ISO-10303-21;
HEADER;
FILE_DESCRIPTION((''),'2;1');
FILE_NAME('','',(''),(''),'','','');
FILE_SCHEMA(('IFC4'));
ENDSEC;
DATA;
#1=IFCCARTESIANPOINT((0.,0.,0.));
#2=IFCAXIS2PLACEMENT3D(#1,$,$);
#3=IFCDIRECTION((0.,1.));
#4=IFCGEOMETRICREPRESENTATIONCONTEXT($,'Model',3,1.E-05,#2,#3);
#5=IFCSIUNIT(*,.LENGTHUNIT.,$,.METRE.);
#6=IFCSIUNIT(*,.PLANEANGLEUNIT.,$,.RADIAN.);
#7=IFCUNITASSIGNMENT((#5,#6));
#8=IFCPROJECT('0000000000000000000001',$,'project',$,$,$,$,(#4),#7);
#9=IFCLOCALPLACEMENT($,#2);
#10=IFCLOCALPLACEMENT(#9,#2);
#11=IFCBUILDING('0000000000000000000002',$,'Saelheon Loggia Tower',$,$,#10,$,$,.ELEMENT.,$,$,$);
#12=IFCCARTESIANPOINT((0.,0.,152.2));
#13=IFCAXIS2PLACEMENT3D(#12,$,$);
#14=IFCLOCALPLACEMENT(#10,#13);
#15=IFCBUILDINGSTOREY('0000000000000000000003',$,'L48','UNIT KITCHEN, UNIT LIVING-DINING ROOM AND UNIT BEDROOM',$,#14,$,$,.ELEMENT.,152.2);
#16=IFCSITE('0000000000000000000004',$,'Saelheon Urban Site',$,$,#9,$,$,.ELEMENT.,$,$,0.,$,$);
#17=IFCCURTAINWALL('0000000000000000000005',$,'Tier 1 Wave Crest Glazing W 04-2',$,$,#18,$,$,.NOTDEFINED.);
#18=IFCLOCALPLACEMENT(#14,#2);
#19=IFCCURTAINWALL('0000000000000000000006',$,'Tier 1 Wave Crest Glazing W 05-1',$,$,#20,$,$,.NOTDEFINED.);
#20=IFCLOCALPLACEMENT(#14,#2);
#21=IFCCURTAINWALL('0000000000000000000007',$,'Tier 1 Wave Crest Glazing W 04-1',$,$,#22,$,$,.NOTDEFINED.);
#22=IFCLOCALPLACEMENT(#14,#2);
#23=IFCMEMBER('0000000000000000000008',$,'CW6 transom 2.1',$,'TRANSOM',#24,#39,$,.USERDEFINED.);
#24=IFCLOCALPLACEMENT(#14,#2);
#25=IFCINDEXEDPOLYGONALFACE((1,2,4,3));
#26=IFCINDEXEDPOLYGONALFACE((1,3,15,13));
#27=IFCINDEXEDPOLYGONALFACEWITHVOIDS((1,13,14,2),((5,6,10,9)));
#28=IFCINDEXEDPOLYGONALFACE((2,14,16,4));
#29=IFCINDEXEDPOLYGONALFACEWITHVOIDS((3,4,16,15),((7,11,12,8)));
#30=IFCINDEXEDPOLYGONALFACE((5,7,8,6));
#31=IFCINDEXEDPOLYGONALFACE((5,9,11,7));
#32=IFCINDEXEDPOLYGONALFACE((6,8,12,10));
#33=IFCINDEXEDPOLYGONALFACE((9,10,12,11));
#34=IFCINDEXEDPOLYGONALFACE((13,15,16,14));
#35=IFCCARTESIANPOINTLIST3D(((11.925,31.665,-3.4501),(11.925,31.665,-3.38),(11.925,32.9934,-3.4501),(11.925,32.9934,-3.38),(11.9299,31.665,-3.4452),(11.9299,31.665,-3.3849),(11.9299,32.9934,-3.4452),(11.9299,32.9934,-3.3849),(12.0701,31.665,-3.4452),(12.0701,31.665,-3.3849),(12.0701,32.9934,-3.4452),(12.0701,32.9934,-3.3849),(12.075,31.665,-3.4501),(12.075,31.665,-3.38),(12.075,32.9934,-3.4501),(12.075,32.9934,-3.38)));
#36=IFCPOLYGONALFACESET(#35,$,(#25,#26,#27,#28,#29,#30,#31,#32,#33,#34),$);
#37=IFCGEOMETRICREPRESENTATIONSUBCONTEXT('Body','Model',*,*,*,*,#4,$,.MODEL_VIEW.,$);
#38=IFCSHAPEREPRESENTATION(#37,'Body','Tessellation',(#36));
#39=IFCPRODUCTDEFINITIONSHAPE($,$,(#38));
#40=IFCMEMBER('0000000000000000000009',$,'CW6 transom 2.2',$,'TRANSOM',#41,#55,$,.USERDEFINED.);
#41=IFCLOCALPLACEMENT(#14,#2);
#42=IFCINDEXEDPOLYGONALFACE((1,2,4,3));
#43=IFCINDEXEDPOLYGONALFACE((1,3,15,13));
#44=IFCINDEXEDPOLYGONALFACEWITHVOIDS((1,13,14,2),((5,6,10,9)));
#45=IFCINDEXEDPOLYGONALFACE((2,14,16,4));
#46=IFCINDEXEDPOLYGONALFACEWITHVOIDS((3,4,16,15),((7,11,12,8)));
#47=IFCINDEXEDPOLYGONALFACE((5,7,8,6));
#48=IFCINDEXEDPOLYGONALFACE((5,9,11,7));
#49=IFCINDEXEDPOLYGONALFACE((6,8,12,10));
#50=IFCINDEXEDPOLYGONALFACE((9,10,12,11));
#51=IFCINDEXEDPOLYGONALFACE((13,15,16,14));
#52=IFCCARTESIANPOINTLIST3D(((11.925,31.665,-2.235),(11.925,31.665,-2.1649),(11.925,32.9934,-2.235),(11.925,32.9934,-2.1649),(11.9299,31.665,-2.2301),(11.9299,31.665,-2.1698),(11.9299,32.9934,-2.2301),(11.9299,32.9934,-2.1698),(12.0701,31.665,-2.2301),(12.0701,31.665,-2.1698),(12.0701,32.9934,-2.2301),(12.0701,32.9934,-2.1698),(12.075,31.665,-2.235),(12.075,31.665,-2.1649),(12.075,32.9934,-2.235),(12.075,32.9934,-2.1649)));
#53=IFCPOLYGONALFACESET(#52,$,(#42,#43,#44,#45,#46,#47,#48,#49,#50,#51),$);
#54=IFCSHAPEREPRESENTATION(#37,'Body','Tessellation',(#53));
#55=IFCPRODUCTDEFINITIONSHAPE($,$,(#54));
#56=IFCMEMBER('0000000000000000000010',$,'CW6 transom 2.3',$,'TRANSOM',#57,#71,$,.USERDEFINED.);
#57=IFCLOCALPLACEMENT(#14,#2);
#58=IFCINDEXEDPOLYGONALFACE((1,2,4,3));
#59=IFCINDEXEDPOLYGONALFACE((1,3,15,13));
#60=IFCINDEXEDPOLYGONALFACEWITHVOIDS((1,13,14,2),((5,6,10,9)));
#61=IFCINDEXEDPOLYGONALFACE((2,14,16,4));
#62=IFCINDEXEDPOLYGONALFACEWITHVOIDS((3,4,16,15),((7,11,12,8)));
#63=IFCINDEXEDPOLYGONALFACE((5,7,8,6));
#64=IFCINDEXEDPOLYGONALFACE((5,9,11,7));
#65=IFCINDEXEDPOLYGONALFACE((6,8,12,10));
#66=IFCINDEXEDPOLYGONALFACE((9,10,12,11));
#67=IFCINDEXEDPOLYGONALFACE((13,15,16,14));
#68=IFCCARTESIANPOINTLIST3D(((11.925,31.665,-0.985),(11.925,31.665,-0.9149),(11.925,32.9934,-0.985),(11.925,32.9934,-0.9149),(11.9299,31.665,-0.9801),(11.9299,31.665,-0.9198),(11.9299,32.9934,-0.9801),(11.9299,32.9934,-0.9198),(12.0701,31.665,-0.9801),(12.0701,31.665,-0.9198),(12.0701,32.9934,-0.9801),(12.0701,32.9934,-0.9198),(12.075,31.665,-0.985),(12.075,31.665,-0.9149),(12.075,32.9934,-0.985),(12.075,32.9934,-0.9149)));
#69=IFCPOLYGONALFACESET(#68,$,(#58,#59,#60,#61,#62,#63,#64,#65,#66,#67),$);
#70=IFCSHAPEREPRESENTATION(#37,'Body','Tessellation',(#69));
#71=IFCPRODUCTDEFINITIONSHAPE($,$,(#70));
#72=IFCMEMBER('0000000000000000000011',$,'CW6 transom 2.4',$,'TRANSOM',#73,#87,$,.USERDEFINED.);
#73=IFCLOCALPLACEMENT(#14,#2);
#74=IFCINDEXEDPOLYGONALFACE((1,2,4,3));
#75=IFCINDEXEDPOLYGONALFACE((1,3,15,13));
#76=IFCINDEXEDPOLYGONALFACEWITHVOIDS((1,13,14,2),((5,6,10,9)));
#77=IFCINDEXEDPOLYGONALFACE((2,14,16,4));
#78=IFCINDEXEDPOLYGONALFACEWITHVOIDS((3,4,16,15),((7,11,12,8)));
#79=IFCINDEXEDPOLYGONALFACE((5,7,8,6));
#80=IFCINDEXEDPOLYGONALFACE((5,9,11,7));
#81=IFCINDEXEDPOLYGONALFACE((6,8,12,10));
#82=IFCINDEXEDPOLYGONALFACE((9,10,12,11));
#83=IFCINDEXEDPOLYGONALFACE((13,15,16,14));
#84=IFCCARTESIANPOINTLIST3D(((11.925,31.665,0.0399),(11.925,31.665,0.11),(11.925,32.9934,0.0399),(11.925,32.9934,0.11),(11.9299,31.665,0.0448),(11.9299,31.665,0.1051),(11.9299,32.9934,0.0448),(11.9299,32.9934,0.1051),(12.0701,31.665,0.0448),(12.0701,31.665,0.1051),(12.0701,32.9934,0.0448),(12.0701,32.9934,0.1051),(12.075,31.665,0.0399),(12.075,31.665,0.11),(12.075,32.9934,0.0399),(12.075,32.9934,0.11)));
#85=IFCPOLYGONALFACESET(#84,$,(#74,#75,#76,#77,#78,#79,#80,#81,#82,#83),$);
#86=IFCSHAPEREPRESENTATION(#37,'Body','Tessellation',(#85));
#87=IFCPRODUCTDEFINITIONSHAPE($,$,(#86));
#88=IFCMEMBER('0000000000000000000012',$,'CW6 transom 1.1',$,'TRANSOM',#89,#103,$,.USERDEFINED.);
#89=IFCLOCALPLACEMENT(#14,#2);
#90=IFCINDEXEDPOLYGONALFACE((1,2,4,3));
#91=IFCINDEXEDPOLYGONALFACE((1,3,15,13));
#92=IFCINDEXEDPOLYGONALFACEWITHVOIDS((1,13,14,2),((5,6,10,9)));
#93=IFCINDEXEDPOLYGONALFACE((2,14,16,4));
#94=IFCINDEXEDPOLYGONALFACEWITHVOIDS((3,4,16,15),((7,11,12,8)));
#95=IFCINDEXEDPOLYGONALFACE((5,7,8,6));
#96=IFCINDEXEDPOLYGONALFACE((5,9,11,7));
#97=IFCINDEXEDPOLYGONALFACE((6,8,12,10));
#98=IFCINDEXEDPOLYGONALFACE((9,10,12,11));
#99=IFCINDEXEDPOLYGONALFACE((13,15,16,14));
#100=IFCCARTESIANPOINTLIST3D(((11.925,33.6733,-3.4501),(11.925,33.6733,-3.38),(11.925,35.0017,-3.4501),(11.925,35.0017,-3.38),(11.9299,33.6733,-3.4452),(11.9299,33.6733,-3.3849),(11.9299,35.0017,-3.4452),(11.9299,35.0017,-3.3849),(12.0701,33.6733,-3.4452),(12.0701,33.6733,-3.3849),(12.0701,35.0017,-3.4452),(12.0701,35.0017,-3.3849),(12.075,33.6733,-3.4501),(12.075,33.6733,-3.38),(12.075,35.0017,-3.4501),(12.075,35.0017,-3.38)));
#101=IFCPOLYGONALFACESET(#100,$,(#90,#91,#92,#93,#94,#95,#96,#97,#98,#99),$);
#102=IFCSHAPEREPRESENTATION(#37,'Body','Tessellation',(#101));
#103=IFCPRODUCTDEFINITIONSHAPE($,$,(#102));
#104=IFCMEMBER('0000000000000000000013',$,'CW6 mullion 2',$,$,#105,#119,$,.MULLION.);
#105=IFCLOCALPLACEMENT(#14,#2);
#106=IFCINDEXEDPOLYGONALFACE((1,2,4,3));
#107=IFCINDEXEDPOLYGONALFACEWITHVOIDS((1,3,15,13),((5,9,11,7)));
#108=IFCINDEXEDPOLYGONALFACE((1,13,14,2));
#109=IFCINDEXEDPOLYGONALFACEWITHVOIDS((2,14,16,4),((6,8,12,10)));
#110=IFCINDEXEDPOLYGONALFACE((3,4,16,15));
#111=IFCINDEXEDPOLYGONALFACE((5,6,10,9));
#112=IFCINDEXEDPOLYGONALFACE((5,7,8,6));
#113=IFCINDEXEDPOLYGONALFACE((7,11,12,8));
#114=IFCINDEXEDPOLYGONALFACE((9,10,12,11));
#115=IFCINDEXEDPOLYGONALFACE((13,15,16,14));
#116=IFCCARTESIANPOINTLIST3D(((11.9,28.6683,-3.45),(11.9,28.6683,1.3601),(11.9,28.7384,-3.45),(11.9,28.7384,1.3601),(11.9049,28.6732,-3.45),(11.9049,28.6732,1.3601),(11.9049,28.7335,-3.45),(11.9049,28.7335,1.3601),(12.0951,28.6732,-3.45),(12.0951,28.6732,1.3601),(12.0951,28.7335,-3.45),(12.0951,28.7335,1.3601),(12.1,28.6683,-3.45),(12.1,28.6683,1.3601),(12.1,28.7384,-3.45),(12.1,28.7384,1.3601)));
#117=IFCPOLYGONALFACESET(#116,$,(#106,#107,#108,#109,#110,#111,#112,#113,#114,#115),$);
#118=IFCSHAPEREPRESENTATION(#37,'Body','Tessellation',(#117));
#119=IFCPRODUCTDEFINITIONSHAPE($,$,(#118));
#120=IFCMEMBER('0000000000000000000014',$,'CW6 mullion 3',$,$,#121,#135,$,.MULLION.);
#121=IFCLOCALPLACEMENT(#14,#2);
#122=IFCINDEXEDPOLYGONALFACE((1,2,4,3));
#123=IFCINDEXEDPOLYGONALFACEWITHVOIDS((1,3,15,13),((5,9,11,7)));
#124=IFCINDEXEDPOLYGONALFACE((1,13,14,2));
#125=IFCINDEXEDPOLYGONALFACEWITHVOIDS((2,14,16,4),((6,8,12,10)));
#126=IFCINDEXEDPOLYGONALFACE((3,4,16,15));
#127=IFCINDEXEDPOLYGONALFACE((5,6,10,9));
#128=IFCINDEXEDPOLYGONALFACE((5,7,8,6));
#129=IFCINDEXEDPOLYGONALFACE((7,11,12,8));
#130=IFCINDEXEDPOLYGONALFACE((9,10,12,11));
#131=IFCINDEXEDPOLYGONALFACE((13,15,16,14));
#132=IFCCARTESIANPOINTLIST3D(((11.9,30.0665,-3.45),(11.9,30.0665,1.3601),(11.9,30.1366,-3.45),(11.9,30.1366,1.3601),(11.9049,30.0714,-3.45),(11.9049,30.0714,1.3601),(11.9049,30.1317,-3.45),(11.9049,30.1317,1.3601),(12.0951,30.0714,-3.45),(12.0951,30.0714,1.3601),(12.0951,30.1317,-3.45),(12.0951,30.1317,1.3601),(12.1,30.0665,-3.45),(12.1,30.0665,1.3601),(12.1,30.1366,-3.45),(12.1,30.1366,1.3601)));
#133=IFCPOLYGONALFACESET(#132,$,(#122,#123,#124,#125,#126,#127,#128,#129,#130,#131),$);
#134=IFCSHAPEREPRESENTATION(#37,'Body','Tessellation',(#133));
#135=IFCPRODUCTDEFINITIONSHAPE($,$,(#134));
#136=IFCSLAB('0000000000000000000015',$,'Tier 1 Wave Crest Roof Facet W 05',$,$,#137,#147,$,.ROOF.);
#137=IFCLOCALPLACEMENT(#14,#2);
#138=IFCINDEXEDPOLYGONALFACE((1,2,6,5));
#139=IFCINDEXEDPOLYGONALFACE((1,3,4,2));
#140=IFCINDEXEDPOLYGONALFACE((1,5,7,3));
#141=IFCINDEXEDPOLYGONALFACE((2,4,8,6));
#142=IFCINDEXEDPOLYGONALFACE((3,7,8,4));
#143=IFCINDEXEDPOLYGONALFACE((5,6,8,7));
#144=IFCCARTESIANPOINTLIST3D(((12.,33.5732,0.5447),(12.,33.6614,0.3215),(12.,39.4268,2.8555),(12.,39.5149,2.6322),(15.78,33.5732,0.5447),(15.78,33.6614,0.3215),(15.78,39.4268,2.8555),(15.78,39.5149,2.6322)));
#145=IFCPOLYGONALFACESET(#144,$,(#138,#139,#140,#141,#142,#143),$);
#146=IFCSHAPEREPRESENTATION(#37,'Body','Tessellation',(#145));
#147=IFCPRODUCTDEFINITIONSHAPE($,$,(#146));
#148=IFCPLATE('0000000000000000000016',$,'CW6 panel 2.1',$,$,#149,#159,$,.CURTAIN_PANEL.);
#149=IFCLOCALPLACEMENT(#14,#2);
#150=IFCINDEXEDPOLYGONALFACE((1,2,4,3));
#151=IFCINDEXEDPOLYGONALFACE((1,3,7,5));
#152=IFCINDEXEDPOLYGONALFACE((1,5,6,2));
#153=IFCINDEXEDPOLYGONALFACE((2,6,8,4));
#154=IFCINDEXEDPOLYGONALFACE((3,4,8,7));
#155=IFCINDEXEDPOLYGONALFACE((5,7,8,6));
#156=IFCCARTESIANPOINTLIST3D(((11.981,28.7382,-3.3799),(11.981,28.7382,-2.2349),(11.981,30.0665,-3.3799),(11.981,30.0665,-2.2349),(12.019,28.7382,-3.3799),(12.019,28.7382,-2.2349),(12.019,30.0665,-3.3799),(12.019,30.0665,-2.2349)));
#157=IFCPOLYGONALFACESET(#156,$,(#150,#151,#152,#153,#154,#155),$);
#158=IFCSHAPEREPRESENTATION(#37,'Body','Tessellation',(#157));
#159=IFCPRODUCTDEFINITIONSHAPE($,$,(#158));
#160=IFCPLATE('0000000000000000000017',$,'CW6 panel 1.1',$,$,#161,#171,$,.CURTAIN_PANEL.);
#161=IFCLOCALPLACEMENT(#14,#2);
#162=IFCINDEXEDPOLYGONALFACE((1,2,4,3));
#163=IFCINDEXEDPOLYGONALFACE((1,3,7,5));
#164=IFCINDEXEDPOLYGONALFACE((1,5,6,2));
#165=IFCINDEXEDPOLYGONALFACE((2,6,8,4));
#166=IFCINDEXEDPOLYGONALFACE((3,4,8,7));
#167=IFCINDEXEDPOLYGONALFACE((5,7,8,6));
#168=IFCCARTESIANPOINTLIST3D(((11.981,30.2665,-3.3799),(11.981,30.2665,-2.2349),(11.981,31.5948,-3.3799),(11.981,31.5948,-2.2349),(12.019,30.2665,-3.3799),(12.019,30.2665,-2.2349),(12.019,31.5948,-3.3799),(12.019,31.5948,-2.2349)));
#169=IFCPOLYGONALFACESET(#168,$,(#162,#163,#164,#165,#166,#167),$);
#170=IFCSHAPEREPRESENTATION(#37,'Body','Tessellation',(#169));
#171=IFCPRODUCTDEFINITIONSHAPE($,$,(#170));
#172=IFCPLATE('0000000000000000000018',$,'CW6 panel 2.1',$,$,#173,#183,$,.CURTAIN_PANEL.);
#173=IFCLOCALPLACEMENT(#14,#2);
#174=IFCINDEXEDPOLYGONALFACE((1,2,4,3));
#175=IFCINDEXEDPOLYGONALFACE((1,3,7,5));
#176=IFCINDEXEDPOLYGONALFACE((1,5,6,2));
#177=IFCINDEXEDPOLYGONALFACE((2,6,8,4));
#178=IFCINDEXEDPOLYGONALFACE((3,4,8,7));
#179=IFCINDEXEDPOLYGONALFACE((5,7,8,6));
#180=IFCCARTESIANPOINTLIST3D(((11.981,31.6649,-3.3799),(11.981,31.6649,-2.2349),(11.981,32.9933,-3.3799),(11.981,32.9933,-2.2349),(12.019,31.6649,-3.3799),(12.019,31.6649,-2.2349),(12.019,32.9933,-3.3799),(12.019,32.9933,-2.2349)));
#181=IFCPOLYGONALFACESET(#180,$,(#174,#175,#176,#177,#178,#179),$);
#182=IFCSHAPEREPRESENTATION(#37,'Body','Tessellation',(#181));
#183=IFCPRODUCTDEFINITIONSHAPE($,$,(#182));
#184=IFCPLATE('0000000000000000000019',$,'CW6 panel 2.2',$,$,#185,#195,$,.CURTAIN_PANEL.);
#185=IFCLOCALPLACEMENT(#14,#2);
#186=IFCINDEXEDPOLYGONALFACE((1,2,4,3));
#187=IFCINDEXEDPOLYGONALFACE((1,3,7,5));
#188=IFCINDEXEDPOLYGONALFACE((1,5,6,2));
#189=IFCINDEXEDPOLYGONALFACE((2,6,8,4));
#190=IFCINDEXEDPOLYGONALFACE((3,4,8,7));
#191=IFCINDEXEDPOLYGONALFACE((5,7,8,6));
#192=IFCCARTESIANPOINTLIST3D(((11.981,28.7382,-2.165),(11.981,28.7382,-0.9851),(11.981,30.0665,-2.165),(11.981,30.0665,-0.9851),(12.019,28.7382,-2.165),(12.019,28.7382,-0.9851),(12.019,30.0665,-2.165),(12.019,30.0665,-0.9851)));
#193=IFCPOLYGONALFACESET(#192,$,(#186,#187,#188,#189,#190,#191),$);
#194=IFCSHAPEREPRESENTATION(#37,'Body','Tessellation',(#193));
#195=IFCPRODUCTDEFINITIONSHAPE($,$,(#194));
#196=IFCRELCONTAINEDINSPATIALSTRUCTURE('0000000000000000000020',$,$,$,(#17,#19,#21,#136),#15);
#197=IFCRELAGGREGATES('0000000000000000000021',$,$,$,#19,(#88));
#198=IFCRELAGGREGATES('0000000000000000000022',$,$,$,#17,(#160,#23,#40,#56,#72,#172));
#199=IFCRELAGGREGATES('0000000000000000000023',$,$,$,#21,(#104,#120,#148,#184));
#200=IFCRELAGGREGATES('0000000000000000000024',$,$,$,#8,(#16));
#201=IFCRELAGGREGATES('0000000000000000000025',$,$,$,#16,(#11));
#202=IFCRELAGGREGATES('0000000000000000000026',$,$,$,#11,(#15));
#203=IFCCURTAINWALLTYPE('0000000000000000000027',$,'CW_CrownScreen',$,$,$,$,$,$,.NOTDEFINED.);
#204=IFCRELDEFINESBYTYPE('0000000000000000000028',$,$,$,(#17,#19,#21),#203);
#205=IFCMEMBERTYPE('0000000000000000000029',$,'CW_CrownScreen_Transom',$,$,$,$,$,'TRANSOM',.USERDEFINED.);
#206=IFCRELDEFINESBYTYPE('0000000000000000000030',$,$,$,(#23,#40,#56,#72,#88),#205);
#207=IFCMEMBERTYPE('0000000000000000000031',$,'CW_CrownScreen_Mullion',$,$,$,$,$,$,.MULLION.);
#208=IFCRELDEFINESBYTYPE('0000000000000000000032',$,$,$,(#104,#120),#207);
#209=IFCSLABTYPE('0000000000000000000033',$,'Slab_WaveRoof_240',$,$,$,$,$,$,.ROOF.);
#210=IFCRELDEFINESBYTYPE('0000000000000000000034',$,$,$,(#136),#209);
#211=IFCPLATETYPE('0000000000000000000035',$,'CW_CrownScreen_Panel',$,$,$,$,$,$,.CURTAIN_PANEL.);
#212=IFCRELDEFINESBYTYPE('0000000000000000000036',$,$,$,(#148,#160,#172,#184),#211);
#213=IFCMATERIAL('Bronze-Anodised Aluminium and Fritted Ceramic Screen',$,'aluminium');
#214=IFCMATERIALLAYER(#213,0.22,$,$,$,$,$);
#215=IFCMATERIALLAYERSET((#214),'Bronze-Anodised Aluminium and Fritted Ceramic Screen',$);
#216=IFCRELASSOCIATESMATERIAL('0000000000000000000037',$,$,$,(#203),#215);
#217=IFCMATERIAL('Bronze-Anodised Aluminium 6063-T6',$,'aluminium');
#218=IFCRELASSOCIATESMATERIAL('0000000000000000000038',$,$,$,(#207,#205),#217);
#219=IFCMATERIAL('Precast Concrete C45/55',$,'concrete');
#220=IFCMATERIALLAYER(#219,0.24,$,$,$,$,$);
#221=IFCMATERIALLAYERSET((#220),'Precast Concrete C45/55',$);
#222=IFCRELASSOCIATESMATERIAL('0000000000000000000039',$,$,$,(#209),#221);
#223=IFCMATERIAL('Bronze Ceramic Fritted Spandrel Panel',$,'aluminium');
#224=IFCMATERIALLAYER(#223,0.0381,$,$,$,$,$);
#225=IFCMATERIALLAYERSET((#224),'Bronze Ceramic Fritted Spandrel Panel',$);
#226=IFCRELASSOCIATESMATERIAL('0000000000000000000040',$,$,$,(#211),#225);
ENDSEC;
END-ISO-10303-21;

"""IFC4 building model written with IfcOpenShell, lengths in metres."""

from ifc_helpers import new_model, si_unit, direction, frame, origin, origin_2d, place, context, subcontext, project, spatial, polyline, rectangle, hollow_rectangle, outline, extrude, source, transform, mapped, material, layer, layer_set, material_profile, profile_set, type_object, element, aggregate, save


model = new_model("IFC4")

# Units and contexts
model_context = context("Model", 3, precision=1e-05, world=origin(), true_north=direction((0.0, 1.0)))
body_context = subcontext(model_context, "Body", "Model", "MODEL_VIEW")
ifc_project = project(units=[si_unit("LENGTHUNIT", "METRE"), si_unit("PLANEANGLEUNIT", "RADIAN")], contexts=[model_context])

# Site, building, storey
site_placement = place(None, origin())
site = spatial("IfcSite", under=ifc_project, at=site_placement, Name="Saelheon Urban Site", CompositionType="ELEMENT", RefElevation=0.0)
building_placement = place(site_placement, origin())
building = spatial("IfcBuilding", under=site, at=building_placement, Name="Saelheon Loggia Tower", CompositionType="ELEMENT")
storey_placement = place(building_placement, frame((0.0, 0.0, 152.2)))
storey = spatial("IfcBuildingStorey", under=building, at=storey_placement, Name="L48", Description="UNIT KITCHEN, UNIT LIVING-DINING ROOM AND UNIT BEDROOM", CompositionType="ELEMENT", Elevation=152.2)

# Curtain wall
ifc_material_1 = material(Name="Bronze-Anodised Aluminium and Fritted Ceramic Screen", Category="aluminium")
ifc_layer_1 = layer(ifc_material_1, 0.22)
ifc_layer_set_1 = layer_set([ifc_layer_1], Name="Bronze-Anodised Aluminium and Fritted Ceramic Screen")
curtain_wall_type = type_object("IfcCurtainWallType", Name="CW_CrownScreen", PredefinedType="NOTDEFINED", material=ifc_layer_set_1)
curtain_wall_1_placement = place(storey_placement, origin())
curtain_wall_1 = element("IfcCurtainWall", 1, at=curtain_wall_1_placement, inside=storey, type_object=curtain_wall_type, Name="Tier 1 Wave Crest Glazing W 04-2", PredefinedType="NOTDEFINED")
ifc_material_2 = material(Name="Bronze-Anodised Aluminium 6063-T6", Category="aluminium")
ifc_material_profile_1 = material_profile(ifc_material_2, hollow_rectangle(XDim=0.0701, YDim=0.2, WallThickness=0.0049, at=origin_2d()), Name="RHS-200x70x5")
ifc_profile_set_1 = profile_set([ifc_material_profile_1], Name="Bronze-Anodised Aluminium 6063-T6")
member_type_1 = type_object("IfcMemberType", Name="CW_CrownScreen_Mullion", PredefinedType="MULLION", material=ifc_profile_set_1)

# Curtain wall
curtain_wall_2_placement = place(storey_placement, origin())
curtain_wall_2 = element("IfcCurtainWall", 2, at=curtain_wall_2_placement, inside=storey, type_object=curtain_wall_type, Name="Tier 1 Wave Crest Glazing W 05-1", PredefinedType="NOTDEFINED")

# Curtain wall
curtain_wall_3_placement = place(storey_placement, origin())
curtain_wall_3 = element("IfcCurtainWall", 3, at=curtain_wall_3_placement, inside=storey, type_object=curtain_wall_type, Name="Tier 1 Wave Crest Glazing W 04-1", PredefinedType="NOTDEFINED")
ifc_material_profile_2 = material_profile(ifc_material_2, hollow_rectangle(XDim=0.0701, YDim=0.1499, WallThickness=0.0049, at=origin_2d()), Name="RHS-150x70x5")
ifc_profile_set_2 = profile_set([ifc_material_profile_2], Name="Bronze-Anodised Aluminium 6063-T6")
member_type_2 = type_object("IfcMemberType", Name="CW_CrownScreen_Transom", ElementType="TRANSOM", PredefinedType="USERDEFINED", material=ifc_profile_set_2)
shared_shape_1 = source(origin(), body_context, "Body", "SweptSolid", [
    extrude(hollow_rectangle(XDim=0.0701, YDim=0.1499, WallThickness=0.0049, at=origin_2d()), origin(), (0.0, 0.0, 1.0), 1.3284),
])

# Members
member_1_placement = place(storey_placement, frame((12.0, 31.665, -3.415), z_axis=(0.0, 1.0, 0.0), x_axis=(0.0, 0.0, 1.0)))
member_1 = element("IfcMember", 4, at=member_1_placement, type_object=member_type_2, Name="CW6 transom 2.1", ObjectType="TRANSOM", PredefinedType="USERDEFINED", context=body_context, shape_type="MappedRepresentation", body=[
    mapped(shared_shape_1, transform((0.0, 0.0, 0.0), scale=1.0)),
])
member_2_placement = place(storey_placement, frame((12.0, 31.665, -2.2), z_axis=(0.0, 1.0, 0.0), x_axis=(0.0, 0.0, 1.0)))
member_2 = element("IfcMember", 5, at=member_2_placement, type_object=member_type_2, Name="CW6 transom 2.2", ObjectType="TRANSOM", PredefinedType="USERDEFINED", context=body_context, shape_type="MappedRepresentation", body=[
    mapped(shared_shape_1, transform((0.0, 0.0, 0.0), scale=1.0)),
])
member_3_placement = place(storey_placement, frame((12.0, 31.665, -0.95), z_axis=(0.0, 1.0, 0.0), x_axis=(0.0, 0.0, 1.0)))
member_3 = element("IfcMember", 6, at=member_3_placement, type_object=member_type_2, Name="CW6 transom 2.3", ObjectType="TRANSOM", PredefinedType="USERDEFINED", context=body_context, shape_type="MappedRepresentation", body=[
    mapped(shared_shape_1, transform((0.0, 0.0, 0.0), scale=1.0)),
])
member_4_placement = place(storey_placement, frame((12.0, 31.665, 0.075), z_axis=(0.0, 1.0, 0.0), x_axis=(0.0, 0.0, 1.0)))
member_4 = element("IfcMember", 7, at=member_4_placement, type_object=member_type_2, Name="CW6 transom 2.4", ObjectType="TRANSOM", PredefinedType="USERDEFINED", context=body_context, shape_type="MappedRepresentation", body=[
    mapped(shared_shape_1, transform((0.0, 0.0, 0.0), scale=1.0)),
])
member_5_placement = place(storey_placement, frame((12.0, 33.6733, -3.415), z_axis=(0.0, 1.0, 0.0), x_axis=(0.0, 0.0, 1.0)))
member_5 = element("IfcMember", 8, at=member_5_placement, type_object=member_type_2, Name="CW6 transom 1.1", ObjectType="TRANSOM", PredefinedType="USERDEFINED", context=body_context, shape_type="MappedRepresentation", body=[
    mapped(shared_shape_1, transform((0.0, 0.0, 0.0), scale=1.0)),
])
aggregate(curtain_wall_2, [member_5])
shared_shape_2 = source(origin(), body_context, "Body", "SweptSolid", [
    extrude(hollow_rectangle(XDim=0.0701, YDim=0.2, WallThickness=0.0049, at=origin_2d()), origin(), (0.0, 0.0, 1.0), 4.8101),
])
member_6_placement = place(storey_placement, frame((12.0, 28.7034, -3.45), z_axis=(0.0, 0.0, 1.0), x_axis=(0.0, 1.0, 0.0)))
member_6 = element("IfcMember", 9, at=member_6_placement, type_object=member_type_1, Name="CW6 mullion 2", PredefinedType="MULLION", context=body_context, shape_type="MappedRepresentation", body=[
    mapped(shared_shape_2, transform((0.0, 0.0, 0.0), scale=1.0)),
])
member_7_placement = place(storey_placement, frame((12.0, 30.1016, -3.45), z_axis=(0.0, 0.0, 1.0), x_axis=(0.0, 1.0, 0.0)))
member_7 = element("IfcMember", 10, at=member_7_placement, type_object=member_type_1, Name="CW6 mullion 3", PredefinedType="MULLION", context=body_context, shape_type="MappedRepresentation", body=[
    mapped(shared_shape_2, transform((0.0, 0.0, 0.0), scale=1.0)),
])

# Slab
ifc_material_3 = material(Name="Precast Concrete C45/55", Category="concrete")
ifc_layer_2 = layer(ifc_material_3, 0.24)
ifc_layer_set_2 = layer_set([ifc_layer_2], Name="Precast Concrete C45/55")
slab_type = type_object("IfcSlabType", Name="Slab_WaveRoof_240", PredefinedType="ROOF", material=ifc_layer_set_2)
slab_placement = place(storey_placement, frame((12.0, 33.5732, 0.5447), z_axis=(0.0, -0.367193, 0.930145), x_axis=(1.0, 0.0, 0.0)))
element("IfcSlab", 11, at=slab_placement, inside=storey, type_object=slab_type, Name="Tier 1 Wave Crest Roof Facet W 05", PredefinedType="ROOF", context=body_context, shape_type="SweptSolid", body=[
    extrude(outline(polyline([(0.0, 0.0), (3.78, 0.0), (3.78, 6.2931), (0.0, 6.2931), (0.0, 0.0)])), origin(), (0.0, 0.0, -1.0), 0.24),
])

# Plates
ifc_material_4 = material(Name="Bronze Ceramic Fritted Spandrel Panel", Category="aluminium")
ifc_layer_3 = layer(ifc_material_4, 0.0381)
ifc_layer_set_3 = layer_set([ifc_layer_3], Name="Bronze Ceramic Fritted Spandrel Panel")
plate_type = type_object("IfcPlateType", Name="CW_CrownScreen_Panel", PredefinedType="CURTAIN_PANEL", material=ifc_layer_set_3)
shared_shape_3 = source(origin(), body_context, "Body", "SweptSolid", [
    extrude(rectangle(XDim=1.3284, YDim=0.0381, at=origin_2d()), origin(), (0.0, 0.0, 1.0), 1.145),
])
plate_1_placement = place(storey_placement, frame((12.0, 29.4023, -3.3799), z_axis=(0.0, 0.0, 1.0), x_axis=(0.0, 1.0, 0.0)))
plate_1 = element("IfcPlate", 12, at=plate_1_placement, type_object=plate_type, Name="CW6 panel 2.1", PredefinedType="CURTAIN_PANEL", context=body_context, shape_type="MappedRepresentation", body=[
    mapped(shared_shape_3, transform((0.0, 0.0, 0.0), scale=1.0)),
])
plate_2_placement = place(storey_placement, frame((12.0, 30.9307, -3.3799), z_axis=(0.0, 0.0, 1.0), x_axis=(0.0, 1.0, 0.0)))
plate_2 = element("IfcPlate", 13, at=plate_2_placement, type_object=plate_type, Name="CW6 panel 1.1", PredefinedType="CURTAIN_PANEL", context=body_context, shape_type="MappedRepresentation", body=[
    mapped(shared_shape_3, transform((0.0, 0.0, 0.0), scale=1.0)),
])
plate_3_placement = place(storey_placement, frame((12.0, 32.3291, -3.3799), z_axis=(0.0, 0.0, 1.0), x_axis=(0.0, 1.0, 0.0)))
plate_3 = element("IfcPlate", 14, at=plate_3_placement, type_object=plate_type, Name="CW6 panel 2.1", PredefinedType="CURTAIN_PANEL", context=body_context, shape_type="MappedRepresentation", body=[
    mapped(shared_shape_3, transform((0.0, 0.0, 0.0), scale=1.0)),
])
shared_shape_4 = source(origin(), body_context, "Body", "SweptSolid", [
    extrude(rectangle(XDim=1.3284, YDim=0.0381, at=origin_2d()), origin(), (0.0, 0.0, 1.0), 1.1799),
])
plate_4_placement = place(storey_placement, frame((12.0, 29.4023, -2.165), z_axis=(0.0, 0.0, 1.0), x_axis=(0.0, 1.0, 0.0)))
plate_4 = element("IfcPlate", 15, at=plate_4_placement, type_object=plate_type, Name="CW6 panel 2.2", PredefinedType="CURTAIN_PANEL", context=body_context, shape_type="MappedRepresentation", body=[
    mapped(shared_shape_4, transform((0.0, 0.0, 0.0), scale=1.0)),
])
aggregate(curtain_wall_1, [plate_2, member_1, member_2, member_3, member_4, plate_3])
aggregate(curtain_wall_3, [member_6, member_7, plate_1, plate_4])

save(model, "model.ifc")
